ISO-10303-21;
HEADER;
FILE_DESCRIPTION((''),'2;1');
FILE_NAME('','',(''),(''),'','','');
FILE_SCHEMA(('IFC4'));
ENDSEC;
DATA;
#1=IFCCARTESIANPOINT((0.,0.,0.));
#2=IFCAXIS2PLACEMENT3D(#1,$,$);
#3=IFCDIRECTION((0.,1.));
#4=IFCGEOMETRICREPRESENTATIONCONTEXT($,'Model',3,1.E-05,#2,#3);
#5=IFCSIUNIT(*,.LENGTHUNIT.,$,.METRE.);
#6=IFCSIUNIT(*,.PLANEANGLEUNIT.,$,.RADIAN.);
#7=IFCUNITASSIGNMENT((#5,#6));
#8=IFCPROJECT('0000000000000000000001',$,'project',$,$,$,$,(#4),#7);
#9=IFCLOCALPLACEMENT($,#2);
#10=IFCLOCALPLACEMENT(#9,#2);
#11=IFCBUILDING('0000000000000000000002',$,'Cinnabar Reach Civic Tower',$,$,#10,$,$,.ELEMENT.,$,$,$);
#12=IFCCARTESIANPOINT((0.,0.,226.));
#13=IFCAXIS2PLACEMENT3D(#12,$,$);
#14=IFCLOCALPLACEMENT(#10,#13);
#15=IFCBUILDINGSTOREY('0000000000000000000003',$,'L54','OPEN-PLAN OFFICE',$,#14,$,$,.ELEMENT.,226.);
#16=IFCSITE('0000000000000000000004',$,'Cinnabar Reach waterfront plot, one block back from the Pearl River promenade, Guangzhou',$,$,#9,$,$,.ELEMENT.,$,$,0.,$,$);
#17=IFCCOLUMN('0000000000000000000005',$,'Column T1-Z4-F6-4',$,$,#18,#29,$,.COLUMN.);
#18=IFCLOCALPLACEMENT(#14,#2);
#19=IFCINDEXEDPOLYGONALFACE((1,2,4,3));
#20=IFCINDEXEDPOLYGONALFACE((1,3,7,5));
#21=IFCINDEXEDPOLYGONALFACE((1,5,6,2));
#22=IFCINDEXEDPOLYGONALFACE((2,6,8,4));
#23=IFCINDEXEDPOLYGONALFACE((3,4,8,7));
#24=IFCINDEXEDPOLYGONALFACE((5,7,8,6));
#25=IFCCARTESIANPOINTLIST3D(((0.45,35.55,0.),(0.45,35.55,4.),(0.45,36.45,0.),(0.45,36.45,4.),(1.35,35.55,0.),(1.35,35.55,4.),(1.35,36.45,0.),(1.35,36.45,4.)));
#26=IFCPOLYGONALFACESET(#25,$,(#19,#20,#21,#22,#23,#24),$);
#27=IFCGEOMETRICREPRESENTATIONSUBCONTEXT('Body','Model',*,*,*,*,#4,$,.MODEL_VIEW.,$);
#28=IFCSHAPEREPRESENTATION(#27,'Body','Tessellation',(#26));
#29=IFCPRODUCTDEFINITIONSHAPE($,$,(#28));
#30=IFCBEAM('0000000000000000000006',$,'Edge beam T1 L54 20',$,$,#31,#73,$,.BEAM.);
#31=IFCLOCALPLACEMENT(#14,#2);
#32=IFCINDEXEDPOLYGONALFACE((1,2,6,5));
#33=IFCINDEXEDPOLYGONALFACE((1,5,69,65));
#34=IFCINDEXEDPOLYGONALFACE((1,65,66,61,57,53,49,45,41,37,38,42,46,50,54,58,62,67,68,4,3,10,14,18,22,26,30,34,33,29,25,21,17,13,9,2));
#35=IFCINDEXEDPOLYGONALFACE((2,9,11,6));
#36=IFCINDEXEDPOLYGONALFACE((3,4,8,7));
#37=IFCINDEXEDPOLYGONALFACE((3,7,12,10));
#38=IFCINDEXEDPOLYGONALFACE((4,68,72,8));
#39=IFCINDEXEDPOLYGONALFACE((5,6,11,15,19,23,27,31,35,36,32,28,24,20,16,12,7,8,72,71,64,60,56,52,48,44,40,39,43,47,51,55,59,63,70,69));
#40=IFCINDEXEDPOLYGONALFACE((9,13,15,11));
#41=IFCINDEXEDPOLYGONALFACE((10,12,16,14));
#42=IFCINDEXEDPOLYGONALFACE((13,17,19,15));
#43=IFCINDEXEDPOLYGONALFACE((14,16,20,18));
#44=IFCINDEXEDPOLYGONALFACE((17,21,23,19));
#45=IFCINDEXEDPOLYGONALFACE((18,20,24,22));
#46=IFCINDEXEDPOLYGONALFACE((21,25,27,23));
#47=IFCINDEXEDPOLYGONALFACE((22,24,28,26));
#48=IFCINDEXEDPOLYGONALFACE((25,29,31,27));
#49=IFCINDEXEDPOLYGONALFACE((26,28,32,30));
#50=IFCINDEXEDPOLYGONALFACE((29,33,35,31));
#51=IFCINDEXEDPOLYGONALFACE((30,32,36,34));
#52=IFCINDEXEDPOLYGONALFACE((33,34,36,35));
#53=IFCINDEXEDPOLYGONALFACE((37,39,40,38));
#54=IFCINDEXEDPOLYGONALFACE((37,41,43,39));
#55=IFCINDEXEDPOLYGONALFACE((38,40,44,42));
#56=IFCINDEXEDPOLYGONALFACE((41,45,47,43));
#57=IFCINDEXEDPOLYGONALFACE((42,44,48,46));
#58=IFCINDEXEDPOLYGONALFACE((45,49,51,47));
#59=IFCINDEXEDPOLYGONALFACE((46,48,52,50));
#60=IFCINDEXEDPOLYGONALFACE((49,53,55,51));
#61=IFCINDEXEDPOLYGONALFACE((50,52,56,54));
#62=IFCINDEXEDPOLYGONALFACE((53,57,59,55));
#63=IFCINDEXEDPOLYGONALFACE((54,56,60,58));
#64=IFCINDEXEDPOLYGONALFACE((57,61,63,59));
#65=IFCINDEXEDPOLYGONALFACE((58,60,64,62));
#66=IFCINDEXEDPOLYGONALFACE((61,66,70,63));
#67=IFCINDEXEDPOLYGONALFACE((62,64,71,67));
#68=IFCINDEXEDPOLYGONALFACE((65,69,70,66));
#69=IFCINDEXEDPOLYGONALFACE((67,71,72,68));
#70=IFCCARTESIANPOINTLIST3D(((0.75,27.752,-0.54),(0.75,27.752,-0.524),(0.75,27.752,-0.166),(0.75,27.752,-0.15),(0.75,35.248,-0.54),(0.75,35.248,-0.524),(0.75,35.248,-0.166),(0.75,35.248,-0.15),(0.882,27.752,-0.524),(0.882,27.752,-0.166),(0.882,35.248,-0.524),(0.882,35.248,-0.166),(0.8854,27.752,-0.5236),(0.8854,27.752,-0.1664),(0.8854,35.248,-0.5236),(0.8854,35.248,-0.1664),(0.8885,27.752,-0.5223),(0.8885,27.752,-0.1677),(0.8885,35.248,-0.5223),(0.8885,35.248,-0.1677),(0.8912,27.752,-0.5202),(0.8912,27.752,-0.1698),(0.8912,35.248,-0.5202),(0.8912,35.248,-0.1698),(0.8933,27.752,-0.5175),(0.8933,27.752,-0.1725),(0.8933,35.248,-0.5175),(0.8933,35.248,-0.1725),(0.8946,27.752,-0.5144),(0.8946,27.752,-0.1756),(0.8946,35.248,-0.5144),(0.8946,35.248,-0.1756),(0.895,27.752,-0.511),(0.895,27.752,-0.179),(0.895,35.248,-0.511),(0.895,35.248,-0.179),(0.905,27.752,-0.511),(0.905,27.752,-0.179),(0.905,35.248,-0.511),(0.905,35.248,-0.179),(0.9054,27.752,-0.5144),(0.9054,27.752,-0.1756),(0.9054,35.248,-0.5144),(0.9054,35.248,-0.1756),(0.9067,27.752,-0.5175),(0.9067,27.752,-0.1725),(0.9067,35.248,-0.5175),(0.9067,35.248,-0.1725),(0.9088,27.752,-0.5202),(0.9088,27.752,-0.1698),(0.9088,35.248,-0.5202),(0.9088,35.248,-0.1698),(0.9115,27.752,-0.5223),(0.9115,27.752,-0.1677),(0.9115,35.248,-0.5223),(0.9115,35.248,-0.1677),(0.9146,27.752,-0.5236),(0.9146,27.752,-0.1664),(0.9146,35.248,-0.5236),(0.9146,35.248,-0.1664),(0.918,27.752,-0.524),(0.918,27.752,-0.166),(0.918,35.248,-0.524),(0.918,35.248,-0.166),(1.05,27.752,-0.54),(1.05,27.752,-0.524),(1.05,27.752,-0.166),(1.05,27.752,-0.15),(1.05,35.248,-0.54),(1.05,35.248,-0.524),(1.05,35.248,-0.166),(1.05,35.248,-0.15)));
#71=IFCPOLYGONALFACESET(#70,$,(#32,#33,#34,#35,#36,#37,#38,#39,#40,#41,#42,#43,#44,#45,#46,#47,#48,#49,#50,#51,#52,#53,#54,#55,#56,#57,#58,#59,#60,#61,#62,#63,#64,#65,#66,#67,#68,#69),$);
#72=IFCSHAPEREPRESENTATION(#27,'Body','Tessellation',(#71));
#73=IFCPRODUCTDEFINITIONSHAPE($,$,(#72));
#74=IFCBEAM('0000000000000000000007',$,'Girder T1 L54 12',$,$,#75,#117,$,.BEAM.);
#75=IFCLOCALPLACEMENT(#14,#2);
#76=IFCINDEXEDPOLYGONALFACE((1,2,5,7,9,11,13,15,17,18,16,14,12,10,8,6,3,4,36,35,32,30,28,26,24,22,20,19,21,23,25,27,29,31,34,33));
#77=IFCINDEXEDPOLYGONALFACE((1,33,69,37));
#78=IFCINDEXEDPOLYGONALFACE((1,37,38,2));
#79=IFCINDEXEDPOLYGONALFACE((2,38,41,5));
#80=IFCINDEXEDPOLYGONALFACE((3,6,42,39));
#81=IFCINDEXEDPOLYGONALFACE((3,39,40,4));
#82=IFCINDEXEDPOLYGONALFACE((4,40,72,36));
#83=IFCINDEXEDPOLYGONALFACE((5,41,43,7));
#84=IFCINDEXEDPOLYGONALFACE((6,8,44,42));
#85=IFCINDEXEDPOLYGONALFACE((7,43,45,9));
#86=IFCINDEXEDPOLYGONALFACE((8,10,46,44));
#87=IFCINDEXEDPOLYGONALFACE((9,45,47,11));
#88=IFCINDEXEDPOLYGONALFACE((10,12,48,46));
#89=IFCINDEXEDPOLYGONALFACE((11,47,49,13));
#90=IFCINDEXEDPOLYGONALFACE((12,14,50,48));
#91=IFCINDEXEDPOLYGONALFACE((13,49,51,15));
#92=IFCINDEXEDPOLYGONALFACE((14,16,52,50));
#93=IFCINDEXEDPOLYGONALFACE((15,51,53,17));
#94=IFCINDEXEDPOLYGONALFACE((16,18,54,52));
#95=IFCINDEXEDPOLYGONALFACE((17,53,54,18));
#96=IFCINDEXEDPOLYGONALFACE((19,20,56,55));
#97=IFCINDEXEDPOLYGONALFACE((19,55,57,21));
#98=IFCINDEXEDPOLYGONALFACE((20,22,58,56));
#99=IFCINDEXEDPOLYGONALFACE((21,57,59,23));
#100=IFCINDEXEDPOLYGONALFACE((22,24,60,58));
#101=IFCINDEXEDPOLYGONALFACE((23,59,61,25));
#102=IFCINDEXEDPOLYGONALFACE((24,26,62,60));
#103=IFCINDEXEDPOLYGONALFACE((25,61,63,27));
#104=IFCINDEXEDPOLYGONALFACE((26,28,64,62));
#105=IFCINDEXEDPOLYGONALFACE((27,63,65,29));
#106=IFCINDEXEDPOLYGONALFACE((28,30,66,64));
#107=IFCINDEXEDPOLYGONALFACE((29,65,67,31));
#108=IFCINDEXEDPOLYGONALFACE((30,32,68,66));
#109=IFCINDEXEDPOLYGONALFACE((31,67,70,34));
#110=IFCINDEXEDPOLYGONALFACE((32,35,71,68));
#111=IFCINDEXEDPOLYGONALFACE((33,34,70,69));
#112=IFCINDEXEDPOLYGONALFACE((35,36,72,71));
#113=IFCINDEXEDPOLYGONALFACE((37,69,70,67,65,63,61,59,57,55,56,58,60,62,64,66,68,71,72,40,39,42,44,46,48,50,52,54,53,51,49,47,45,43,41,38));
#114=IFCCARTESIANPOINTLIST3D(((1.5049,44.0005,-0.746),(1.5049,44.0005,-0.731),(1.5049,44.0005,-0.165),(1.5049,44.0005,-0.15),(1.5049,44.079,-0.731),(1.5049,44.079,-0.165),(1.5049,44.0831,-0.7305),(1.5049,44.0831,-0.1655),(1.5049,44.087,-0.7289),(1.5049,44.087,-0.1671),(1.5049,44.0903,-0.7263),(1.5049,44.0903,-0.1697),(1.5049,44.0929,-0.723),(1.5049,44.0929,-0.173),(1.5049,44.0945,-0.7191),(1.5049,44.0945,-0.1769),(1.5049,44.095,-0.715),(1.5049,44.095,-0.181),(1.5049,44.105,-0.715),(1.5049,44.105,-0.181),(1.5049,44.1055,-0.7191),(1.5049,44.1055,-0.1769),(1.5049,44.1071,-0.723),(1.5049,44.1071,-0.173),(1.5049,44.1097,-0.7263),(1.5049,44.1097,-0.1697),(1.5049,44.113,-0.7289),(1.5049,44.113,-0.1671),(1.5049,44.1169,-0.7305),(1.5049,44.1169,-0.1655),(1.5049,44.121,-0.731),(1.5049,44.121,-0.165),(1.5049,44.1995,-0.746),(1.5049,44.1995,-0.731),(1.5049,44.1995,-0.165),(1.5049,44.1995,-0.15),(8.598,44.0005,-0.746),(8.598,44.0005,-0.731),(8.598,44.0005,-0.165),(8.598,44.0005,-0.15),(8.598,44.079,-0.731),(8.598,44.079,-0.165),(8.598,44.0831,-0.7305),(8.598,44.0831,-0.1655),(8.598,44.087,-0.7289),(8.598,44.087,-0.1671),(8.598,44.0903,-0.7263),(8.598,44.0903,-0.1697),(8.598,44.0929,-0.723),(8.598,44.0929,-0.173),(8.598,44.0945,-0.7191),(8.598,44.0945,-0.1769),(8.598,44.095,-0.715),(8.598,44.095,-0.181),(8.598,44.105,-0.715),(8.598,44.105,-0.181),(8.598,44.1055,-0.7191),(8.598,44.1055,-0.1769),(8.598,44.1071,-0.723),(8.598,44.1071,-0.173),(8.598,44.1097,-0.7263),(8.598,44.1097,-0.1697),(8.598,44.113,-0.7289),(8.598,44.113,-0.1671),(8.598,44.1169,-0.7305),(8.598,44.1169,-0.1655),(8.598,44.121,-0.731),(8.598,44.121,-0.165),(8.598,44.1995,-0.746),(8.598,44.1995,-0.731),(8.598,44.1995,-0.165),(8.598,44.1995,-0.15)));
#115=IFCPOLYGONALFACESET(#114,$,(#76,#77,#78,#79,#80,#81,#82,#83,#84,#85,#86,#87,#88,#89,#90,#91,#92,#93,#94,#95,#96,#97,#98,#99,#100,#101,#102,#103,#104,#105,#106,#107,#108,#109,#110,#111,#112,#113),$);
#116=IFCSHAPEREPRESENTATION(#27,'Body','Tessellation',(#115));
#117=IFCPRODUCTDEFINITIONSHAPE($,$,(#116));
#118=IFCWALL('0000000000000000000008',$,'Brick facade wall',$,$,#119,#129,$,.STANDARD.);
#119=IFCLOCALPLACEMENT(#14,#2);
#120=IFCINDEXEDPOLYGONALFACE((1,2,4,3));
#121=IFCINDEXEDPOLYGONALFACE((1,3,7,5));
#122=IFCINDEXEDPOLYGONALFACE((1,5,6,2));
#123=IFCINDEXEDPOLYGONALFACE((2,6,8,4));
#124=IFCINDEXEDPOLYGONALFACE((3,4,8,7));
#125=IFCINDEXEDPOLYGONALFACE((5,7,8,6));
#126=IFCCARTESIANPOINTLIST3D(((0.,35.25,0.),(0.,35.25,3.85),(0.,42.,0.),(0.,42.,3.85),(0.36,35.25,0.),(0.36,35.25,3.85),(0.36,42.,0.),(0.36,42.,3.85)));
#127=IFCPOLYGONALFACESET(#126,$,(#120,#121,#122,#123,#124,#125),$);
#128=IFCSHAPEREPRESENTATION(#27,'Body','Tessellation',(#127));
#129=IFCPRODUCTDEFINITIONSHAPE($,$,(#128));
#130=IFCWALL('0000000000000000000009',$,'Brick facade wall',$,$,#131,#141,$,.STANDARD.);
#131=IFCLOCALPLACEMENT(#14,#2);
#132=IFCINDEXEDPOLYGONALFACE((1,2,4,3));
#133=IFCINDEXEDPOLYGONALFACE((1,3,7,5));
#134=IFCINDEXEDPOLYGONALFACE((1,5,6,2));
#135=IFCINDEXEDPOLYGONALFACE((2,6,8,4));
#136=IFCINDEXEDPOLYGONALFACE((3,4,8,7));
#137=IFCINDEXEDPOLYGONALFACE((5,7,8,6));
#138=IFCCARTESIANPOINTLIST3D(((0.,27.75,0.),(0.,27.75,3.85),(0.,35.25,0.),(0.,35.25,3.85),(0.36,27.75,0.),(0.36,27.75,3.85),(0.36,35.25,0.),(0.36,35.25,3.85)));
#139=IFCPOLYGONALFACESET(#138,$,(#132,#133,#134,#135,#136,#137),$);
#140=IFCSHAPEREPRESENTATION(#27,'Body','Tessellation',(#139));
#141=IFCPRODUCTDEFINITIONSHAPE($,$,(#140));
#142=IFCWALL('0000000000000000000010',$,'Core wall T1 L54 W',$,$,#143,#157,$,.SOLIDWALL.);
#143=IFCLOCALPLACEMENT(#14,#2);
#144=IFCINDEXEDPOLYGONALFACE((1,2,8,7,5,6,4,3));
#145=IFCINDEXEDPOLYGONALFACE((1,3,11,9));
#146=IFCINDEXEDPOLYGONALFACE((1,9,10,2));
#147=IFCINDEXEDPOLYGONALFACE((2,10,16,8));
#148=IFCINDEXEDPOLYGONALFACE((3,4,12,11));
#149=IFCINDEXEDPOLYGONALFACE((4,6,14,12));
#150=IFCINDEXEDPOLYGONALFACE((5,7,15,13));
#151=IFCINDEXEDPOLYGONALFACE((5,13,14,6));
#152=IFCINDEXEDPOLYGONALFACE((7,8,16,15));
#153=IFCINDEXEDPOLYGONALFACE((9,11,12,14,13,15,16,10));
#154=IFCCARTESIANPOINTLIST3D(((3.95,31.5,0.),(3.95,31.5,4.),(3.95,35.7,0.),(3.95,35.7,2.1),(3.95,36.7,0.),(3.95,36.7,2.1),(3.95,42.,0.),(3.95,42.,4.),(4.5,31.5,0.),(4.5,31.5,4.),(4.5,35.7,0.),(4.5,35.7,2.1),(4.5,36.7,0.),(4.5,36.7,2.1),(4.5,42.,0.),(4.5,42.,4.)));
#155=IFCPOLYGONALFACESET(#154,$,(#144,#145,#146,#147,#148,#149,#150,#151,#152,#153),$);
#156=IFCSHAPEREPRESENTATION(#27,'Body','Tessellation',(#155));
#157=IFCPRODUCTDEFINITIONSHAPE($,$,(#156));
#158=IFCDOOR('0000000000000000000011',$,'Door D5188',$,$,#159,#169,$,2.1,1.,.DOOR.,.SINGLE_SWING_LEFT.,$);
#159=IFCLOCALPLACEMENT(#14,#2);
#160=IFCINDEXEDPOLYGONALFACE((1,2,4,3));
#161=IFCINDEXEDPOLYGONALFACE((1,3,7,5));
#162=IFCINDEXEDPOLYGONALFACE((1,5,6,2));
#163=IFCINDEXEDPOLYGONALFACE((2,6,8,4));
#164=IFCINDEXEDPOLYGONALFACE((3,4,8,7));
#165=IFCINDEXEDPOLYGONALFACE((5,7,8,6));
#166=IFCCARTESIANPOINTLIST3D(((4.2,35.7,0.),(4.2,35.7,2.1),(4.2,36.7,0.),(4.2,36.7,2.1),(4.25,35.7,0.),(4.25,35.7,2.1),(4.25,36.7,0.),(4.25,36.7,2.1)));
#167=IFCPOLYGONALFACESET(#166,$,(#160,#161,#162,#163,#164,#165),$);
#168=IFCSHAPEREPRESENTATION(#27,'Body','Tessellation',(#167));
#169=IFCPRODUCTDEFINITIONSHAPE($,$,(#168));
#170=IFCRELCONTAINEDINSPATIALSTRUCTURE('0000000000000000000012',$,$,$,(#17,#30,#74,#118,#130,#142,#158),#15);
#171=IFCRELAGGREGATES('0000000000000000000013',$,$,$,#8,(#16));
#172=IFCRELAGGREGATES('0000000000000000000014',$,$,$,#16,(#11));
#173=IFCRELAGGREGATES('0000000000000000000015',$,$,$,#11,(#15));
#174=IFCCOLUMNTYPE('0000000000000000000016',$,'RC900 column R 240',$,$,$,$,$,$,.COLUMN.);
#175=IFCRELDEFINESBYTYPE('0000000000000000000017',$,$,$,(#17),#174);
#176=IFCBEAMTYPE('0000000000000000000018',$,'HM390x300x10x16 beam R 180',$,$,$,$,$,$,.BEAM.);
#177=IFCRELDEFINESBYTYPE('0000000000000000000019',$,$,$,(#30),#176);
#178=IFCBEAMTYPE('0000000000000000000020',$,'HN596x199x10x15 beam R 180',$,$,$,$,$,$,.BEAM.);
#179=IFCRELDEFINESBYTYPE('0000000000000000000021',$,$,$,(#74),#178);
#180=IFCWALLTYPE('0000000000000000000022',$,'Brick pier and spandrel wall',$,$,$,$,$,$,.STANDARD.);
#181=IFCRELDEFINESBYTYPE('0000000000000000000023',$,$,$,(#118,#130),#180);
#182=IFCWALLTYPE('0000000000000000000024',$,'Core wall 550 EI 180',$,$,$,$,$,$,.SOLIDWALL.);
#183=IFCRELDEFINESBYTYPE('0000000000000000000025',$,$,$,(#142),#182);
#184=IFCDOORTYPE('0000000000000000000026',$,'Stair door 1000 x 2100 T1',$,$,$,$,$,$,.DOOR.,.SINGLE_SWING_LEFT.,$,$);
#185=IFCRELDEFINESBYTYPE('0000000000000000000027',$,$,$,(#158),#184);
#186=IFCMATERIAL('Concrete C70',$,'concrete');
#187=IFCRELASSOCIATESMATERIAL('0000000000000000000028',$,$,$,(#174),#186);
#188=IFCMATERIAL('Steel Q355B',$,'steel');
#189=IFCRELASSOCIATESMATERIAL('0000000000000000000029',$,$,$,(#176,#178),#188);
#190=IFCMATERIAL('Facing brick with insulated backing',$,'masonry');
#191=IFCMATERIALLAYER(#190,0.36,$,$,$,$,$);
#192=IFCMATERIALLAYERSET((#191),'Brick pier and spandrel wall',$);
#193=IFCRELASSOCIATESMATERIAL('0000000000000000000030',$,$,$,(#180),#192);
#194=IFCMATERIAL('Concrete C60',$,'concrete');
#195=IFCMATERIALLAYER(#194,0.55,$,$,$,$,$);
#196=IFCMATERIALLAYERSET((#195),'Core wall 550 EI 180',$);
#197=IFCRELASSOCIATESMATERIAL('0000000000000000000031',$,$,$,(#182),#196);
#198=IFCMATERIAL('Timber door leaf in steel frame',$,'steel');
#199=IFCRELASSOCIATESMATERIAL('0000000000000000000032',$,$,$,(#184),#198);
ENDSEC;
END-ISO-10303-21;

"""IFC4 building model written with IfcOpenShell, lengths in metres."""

from ifc_helpers import new_model, si_unit, direction, frame, frame_2d, origin, origin_2d, place, context, subcontext, project, spatial, rectangle, i_section, extrude, material, layer, layer_set, material_profile, profile_set, type_object, element, fill, save


model = new_model("IFC4")

# Units and contexts
model_context = context("Model", 3, precision=1e-05, world=origin(), true_north=direction((0.0, 1.0)))
body_context = subcontext(model_context, "Body", "Model", "MODEL_VIEW")
ifc_project = project(units=[si_unit("LENGTHUNIT", "METRE"), si_unit("PLANEANGLEUNIT", "RADIAN")], contexts=[model_context])

# Site, building, storey
site_placement = place(None, origin())
site = spatial("IfcSite", under=ifc_project, at=site_placement, Name="Cinnabar Reach waterfront plot, one block back from the Pearl River promenade, Guangzhou", CompositionType="ELEMENT", RefElevation=0.0)
building_placement = place(site_placement, origin())
building = spatial("IfcBuilding", under=site, at=building_placement, Name="Cinnabar Reach Civic Tower", CompositionType="ELEMENT")
storey_placement = place(building_placement, frame((0.0, 0.0, 226.0)))
storey = spatial("IfcBuildingStorey", under=building, at=storey_placement, Name="L54", Description="OPEN-PLAN OFFICE", CompositionType="ELEMENT", Elevation=226.0)

# Column
ifc_material_1 = material(Name="Concrete C70", Category="concrete")
ifc_material_profile_1 = material_profile(ifc_material_1, rectangle(XDim=0.9, YDim=0.9, at=origin_2d()), Name="RC900")
ifc_profile_set_1 = profile_set([ifc_material_profile_1], Name="Concrete C70")
column_type = type_object("IfcColumnType", Name="RC900 column R 240", PredefinedType="COLUMN", material=ifc_profile_set_1)
column_placement = place(storey_placement, frame((0.9, 36.0, 0.0), z_axis=(0.0, 0.0, 1.0), x_axis=(1.0, 0.0, 0.0)))
element("IfcColumn", 1, at=column_placement, inside=storey, type_object=column_type, Name="Column T1-Z4-F6-4", PredefinedType="COLUMN", context=body_context, shape_type="SweptSolid", body=[
    extrude(rectangle(XDim=0.9, YDim=0.9, at=origin_2d()), origin(), (0.0, 0.0, 1.0), 4.0),
])

# Beams
ifc_material_2 = material(Name="Steel Q355B", Category="steel")
ifc_material_profile_2 = material_profile(ifc_material_2, i_section(OverallWidth=0.3, OverallDepth=0.39, WebThickness=0.01, FlangeThickness=0.016, FilletRadius=0.013, at=origin_2d()), Name="HM390x300x10x16")
ifc_profile_set_2 = profile_set([ifc_material_profile_2], Name="Steel Q355B")
beam_type_1 = type_object("IfcBeamType", Name="HM390x300x10x16 beam R 180", PredefinedType="BEAM", material=ifc_profile_set_2)
beam_1_placement = place(storey_placement, frame((0.9, 35.248, -0.345), z_axis=(0.0, -1.0, 0.0), x_axis=(1.0, 0.0, 0.0)))
element("IfcBeam", 2, at=beam_1_placement, inside=storey, type_object=beam_type_1, Name="Edge beam T1 L54 20", PredefinedType="BEAM", context=body_context, shape_type="SweptSolid", body=[
    extrude(i_section(OverallWidth=0.3, OverallDepth=0.39, WebThickness=0.01, FlangeThickness=0.016, FilletRadius=0.013, at=origin_2d()), origin(), (0.0, 0.0, 1.0), 7.496),
])
ifc_material_profile_3 = material_profile(ifc_material_2, i_section(OverallWidth=0.199, OverallDepth=0.596, WebThickness=0.01, FlangeThickness=0.015, FilletRadius=0.016, at=origin_2d()), Name="HN596x199x10x15")
ifc_profile_set_3 = profile_set([ifc_material_profile_3], Name="Steel Q355B")
beam_type_2 = type_object("IfcBeamType", Name="HN596x199x10x15 beam R 180", PredefinedType="BEAM", material=ifc_profile_set_3)
beam_2_placement = place(storey_placement, frame((1.5049, 44.1, -0.448), z_axis=(1.0, 0.0, 0.0), x_axis=(0.0, 1.0, 0.0)))
element("IfcBeam", 3, at=beam_2_placement, inside=storey, type_object=beam_type_2, Name="Girder T1 L54 12", PredefinedType="BEAM", context=body_context, shape_type="SweptSolid", body=[
    extrude(i_section(OverallWidth=0.199, OverallDepth=0.596, WebThickness=0.01, FlangeThickness=0.015, FilletRadius=0.016, at=origin_2d()), origin(), (0.0, 0.0, 1.0), 7.0931),
])

# Walls
ifc_material_3 = material(Name="Facing brick with insulated backing", Category="masonry")
ifc_layer_1 = layer(ifc_material_3, 0.36)
ifc_layer_set_1 = layer_set([ifc_layer_1], Name="Brick pier and spandrel wall")
wall_type_1 = type_object("IfcWallType", Name="Brick pier and spandrel wall", PredefinedType="STANDARD", material=ifc_layer_set_1)
wall_1_placement = place(storey_placement, frame((0.18, 42.0, 0.0), z_axis=(0.0, 0.0, 1.0), x_axis=(0.0, -1.0, 0.0)))
element("IfcWall", 4, at=wall_1_placement, inside=storey, type_object=wall_type_1, Name="Brick facade wall", PredefinedType="STANDARD", context=body_context, shape_type="SweptSolid", body=[
    extrude(rectangle(XDim=6.75, YDim=0.36, at=frame_2d((3.375, 0.0))), origin(), (0.0, 0.0, 1.0), 3.85),
])
wall_2_placement = place(storey_placement, frame((0.18, 35.25, 0.0), z_axis=(0.0, 0.0, 1.0), x_axis=(0.0, -1.0, 0.0)))
element("IfcWall", 5, at=wall_2_placement, inside=storey, type_object=wall_type_1, Name="Brick facade wall", PredefinedType="STANDARD", context=body_context, shape_type="SweptSolid", body=[
    extrude(rectangle(XDim=7.5, YDim=0.36, at=frame_2d((3.75, 0.0))), origin(), (0.0, 0.0, 1.0), 3.85),
])

# Wall, opening, door
ifc_material_4 = material(Name="Concrete C60", Category="concrete")
ifc_layer_2 = layer(ifc_material_4, 0.55)
ifc_layer_set_2 = layer_set([ifc_layer_2], Name="Core wall 550 EI 180")
wall_type_2 = type_object("IfcWallType", Name="Core wall 550 EI 180", PredefinedType="SOLIDWALL", material=ifc_layer_set_2)
wall_3_placement = place(storey_placement, frame((4.225, 42.0, 0.0), z_axis=(0.0, 0.0, 1.0), x_axis=(0.0, -1.0, 0.0)))
wall_3 = element("IfcWall", 6, at=wall_3_placement, inside=storey, type_object=wall_type_2, Name="Core wall T1 L54 W", PredefinedType="SOLIDWALL", context=body_context, shape_type="SweptSolid", body=[
    extrude(rectangle(XDim=10.5, YDim=0.55, at=frame_2d((5.25, 0.0))), origin(), (0.0, 0.0, 1.0), 4.0),
])
opening_1_placement = place(wall_3_placement, frame((5.3, 0.0, 0.0)))
opening_1 = element("IfcOpeningElement", 7, at=opening_1_placement, cuts=wall_3, PredefinedType="OPENING", context=body_context, shape_type="SweptSolid", body=[
    extrude(rectangle(XDim=1.0, YDim=2.1, at=frame_2d((0.5, 1.05))), frame((0.0, 0.285, 0.0), z_axis=(0.0, -1.0, 0.0), x_axis=(1.0, 0.0, 0.0)), (0.0, 0.0, 1.0), 0.57),
])
ifc_material_5 = material(Name="Timber door leaf in steel frame", Category="steel")
door_type_1 = type_object("IfcDoorType", Name="Stair door 1000 x 2100 T1", OperationType="SINGLE_SWING_LEFT", PredefinedType="DOOR", material=ifc_material_5)
door_1_placement = place(opening_1_placement, frame((1.0, 0.0, 0.0), z_axis=(0.0, 0.0, 1.0), x_axis=(-1.0, 0.0, 0.0)))
door_1 = element("IfcDoor", 8, at=door_1_placement, inside=storey, type_object=door_type_1, Name="Door D5188", OperationType="SINGLE_SWING_LEFT", OverallHeight=2.1, OverallWidth=1.0, PredefinedType="DOOR", context=body_context, shape_type="SweptSolid", body=[
    extrude(rectangle(XDim=1.0, YDim=2.1, at=frame_2d((0.5, 1.05))), frame((0.0, 0.025, 0.0), z_axis=(0.0, -1.0, 0.0), x_axis=(1.0, 0.0, 0.0)), (0.0, 0.0, 1.0), 0.05),
])
fill(opening_1, door_1)

save(model, "model.ifc")
